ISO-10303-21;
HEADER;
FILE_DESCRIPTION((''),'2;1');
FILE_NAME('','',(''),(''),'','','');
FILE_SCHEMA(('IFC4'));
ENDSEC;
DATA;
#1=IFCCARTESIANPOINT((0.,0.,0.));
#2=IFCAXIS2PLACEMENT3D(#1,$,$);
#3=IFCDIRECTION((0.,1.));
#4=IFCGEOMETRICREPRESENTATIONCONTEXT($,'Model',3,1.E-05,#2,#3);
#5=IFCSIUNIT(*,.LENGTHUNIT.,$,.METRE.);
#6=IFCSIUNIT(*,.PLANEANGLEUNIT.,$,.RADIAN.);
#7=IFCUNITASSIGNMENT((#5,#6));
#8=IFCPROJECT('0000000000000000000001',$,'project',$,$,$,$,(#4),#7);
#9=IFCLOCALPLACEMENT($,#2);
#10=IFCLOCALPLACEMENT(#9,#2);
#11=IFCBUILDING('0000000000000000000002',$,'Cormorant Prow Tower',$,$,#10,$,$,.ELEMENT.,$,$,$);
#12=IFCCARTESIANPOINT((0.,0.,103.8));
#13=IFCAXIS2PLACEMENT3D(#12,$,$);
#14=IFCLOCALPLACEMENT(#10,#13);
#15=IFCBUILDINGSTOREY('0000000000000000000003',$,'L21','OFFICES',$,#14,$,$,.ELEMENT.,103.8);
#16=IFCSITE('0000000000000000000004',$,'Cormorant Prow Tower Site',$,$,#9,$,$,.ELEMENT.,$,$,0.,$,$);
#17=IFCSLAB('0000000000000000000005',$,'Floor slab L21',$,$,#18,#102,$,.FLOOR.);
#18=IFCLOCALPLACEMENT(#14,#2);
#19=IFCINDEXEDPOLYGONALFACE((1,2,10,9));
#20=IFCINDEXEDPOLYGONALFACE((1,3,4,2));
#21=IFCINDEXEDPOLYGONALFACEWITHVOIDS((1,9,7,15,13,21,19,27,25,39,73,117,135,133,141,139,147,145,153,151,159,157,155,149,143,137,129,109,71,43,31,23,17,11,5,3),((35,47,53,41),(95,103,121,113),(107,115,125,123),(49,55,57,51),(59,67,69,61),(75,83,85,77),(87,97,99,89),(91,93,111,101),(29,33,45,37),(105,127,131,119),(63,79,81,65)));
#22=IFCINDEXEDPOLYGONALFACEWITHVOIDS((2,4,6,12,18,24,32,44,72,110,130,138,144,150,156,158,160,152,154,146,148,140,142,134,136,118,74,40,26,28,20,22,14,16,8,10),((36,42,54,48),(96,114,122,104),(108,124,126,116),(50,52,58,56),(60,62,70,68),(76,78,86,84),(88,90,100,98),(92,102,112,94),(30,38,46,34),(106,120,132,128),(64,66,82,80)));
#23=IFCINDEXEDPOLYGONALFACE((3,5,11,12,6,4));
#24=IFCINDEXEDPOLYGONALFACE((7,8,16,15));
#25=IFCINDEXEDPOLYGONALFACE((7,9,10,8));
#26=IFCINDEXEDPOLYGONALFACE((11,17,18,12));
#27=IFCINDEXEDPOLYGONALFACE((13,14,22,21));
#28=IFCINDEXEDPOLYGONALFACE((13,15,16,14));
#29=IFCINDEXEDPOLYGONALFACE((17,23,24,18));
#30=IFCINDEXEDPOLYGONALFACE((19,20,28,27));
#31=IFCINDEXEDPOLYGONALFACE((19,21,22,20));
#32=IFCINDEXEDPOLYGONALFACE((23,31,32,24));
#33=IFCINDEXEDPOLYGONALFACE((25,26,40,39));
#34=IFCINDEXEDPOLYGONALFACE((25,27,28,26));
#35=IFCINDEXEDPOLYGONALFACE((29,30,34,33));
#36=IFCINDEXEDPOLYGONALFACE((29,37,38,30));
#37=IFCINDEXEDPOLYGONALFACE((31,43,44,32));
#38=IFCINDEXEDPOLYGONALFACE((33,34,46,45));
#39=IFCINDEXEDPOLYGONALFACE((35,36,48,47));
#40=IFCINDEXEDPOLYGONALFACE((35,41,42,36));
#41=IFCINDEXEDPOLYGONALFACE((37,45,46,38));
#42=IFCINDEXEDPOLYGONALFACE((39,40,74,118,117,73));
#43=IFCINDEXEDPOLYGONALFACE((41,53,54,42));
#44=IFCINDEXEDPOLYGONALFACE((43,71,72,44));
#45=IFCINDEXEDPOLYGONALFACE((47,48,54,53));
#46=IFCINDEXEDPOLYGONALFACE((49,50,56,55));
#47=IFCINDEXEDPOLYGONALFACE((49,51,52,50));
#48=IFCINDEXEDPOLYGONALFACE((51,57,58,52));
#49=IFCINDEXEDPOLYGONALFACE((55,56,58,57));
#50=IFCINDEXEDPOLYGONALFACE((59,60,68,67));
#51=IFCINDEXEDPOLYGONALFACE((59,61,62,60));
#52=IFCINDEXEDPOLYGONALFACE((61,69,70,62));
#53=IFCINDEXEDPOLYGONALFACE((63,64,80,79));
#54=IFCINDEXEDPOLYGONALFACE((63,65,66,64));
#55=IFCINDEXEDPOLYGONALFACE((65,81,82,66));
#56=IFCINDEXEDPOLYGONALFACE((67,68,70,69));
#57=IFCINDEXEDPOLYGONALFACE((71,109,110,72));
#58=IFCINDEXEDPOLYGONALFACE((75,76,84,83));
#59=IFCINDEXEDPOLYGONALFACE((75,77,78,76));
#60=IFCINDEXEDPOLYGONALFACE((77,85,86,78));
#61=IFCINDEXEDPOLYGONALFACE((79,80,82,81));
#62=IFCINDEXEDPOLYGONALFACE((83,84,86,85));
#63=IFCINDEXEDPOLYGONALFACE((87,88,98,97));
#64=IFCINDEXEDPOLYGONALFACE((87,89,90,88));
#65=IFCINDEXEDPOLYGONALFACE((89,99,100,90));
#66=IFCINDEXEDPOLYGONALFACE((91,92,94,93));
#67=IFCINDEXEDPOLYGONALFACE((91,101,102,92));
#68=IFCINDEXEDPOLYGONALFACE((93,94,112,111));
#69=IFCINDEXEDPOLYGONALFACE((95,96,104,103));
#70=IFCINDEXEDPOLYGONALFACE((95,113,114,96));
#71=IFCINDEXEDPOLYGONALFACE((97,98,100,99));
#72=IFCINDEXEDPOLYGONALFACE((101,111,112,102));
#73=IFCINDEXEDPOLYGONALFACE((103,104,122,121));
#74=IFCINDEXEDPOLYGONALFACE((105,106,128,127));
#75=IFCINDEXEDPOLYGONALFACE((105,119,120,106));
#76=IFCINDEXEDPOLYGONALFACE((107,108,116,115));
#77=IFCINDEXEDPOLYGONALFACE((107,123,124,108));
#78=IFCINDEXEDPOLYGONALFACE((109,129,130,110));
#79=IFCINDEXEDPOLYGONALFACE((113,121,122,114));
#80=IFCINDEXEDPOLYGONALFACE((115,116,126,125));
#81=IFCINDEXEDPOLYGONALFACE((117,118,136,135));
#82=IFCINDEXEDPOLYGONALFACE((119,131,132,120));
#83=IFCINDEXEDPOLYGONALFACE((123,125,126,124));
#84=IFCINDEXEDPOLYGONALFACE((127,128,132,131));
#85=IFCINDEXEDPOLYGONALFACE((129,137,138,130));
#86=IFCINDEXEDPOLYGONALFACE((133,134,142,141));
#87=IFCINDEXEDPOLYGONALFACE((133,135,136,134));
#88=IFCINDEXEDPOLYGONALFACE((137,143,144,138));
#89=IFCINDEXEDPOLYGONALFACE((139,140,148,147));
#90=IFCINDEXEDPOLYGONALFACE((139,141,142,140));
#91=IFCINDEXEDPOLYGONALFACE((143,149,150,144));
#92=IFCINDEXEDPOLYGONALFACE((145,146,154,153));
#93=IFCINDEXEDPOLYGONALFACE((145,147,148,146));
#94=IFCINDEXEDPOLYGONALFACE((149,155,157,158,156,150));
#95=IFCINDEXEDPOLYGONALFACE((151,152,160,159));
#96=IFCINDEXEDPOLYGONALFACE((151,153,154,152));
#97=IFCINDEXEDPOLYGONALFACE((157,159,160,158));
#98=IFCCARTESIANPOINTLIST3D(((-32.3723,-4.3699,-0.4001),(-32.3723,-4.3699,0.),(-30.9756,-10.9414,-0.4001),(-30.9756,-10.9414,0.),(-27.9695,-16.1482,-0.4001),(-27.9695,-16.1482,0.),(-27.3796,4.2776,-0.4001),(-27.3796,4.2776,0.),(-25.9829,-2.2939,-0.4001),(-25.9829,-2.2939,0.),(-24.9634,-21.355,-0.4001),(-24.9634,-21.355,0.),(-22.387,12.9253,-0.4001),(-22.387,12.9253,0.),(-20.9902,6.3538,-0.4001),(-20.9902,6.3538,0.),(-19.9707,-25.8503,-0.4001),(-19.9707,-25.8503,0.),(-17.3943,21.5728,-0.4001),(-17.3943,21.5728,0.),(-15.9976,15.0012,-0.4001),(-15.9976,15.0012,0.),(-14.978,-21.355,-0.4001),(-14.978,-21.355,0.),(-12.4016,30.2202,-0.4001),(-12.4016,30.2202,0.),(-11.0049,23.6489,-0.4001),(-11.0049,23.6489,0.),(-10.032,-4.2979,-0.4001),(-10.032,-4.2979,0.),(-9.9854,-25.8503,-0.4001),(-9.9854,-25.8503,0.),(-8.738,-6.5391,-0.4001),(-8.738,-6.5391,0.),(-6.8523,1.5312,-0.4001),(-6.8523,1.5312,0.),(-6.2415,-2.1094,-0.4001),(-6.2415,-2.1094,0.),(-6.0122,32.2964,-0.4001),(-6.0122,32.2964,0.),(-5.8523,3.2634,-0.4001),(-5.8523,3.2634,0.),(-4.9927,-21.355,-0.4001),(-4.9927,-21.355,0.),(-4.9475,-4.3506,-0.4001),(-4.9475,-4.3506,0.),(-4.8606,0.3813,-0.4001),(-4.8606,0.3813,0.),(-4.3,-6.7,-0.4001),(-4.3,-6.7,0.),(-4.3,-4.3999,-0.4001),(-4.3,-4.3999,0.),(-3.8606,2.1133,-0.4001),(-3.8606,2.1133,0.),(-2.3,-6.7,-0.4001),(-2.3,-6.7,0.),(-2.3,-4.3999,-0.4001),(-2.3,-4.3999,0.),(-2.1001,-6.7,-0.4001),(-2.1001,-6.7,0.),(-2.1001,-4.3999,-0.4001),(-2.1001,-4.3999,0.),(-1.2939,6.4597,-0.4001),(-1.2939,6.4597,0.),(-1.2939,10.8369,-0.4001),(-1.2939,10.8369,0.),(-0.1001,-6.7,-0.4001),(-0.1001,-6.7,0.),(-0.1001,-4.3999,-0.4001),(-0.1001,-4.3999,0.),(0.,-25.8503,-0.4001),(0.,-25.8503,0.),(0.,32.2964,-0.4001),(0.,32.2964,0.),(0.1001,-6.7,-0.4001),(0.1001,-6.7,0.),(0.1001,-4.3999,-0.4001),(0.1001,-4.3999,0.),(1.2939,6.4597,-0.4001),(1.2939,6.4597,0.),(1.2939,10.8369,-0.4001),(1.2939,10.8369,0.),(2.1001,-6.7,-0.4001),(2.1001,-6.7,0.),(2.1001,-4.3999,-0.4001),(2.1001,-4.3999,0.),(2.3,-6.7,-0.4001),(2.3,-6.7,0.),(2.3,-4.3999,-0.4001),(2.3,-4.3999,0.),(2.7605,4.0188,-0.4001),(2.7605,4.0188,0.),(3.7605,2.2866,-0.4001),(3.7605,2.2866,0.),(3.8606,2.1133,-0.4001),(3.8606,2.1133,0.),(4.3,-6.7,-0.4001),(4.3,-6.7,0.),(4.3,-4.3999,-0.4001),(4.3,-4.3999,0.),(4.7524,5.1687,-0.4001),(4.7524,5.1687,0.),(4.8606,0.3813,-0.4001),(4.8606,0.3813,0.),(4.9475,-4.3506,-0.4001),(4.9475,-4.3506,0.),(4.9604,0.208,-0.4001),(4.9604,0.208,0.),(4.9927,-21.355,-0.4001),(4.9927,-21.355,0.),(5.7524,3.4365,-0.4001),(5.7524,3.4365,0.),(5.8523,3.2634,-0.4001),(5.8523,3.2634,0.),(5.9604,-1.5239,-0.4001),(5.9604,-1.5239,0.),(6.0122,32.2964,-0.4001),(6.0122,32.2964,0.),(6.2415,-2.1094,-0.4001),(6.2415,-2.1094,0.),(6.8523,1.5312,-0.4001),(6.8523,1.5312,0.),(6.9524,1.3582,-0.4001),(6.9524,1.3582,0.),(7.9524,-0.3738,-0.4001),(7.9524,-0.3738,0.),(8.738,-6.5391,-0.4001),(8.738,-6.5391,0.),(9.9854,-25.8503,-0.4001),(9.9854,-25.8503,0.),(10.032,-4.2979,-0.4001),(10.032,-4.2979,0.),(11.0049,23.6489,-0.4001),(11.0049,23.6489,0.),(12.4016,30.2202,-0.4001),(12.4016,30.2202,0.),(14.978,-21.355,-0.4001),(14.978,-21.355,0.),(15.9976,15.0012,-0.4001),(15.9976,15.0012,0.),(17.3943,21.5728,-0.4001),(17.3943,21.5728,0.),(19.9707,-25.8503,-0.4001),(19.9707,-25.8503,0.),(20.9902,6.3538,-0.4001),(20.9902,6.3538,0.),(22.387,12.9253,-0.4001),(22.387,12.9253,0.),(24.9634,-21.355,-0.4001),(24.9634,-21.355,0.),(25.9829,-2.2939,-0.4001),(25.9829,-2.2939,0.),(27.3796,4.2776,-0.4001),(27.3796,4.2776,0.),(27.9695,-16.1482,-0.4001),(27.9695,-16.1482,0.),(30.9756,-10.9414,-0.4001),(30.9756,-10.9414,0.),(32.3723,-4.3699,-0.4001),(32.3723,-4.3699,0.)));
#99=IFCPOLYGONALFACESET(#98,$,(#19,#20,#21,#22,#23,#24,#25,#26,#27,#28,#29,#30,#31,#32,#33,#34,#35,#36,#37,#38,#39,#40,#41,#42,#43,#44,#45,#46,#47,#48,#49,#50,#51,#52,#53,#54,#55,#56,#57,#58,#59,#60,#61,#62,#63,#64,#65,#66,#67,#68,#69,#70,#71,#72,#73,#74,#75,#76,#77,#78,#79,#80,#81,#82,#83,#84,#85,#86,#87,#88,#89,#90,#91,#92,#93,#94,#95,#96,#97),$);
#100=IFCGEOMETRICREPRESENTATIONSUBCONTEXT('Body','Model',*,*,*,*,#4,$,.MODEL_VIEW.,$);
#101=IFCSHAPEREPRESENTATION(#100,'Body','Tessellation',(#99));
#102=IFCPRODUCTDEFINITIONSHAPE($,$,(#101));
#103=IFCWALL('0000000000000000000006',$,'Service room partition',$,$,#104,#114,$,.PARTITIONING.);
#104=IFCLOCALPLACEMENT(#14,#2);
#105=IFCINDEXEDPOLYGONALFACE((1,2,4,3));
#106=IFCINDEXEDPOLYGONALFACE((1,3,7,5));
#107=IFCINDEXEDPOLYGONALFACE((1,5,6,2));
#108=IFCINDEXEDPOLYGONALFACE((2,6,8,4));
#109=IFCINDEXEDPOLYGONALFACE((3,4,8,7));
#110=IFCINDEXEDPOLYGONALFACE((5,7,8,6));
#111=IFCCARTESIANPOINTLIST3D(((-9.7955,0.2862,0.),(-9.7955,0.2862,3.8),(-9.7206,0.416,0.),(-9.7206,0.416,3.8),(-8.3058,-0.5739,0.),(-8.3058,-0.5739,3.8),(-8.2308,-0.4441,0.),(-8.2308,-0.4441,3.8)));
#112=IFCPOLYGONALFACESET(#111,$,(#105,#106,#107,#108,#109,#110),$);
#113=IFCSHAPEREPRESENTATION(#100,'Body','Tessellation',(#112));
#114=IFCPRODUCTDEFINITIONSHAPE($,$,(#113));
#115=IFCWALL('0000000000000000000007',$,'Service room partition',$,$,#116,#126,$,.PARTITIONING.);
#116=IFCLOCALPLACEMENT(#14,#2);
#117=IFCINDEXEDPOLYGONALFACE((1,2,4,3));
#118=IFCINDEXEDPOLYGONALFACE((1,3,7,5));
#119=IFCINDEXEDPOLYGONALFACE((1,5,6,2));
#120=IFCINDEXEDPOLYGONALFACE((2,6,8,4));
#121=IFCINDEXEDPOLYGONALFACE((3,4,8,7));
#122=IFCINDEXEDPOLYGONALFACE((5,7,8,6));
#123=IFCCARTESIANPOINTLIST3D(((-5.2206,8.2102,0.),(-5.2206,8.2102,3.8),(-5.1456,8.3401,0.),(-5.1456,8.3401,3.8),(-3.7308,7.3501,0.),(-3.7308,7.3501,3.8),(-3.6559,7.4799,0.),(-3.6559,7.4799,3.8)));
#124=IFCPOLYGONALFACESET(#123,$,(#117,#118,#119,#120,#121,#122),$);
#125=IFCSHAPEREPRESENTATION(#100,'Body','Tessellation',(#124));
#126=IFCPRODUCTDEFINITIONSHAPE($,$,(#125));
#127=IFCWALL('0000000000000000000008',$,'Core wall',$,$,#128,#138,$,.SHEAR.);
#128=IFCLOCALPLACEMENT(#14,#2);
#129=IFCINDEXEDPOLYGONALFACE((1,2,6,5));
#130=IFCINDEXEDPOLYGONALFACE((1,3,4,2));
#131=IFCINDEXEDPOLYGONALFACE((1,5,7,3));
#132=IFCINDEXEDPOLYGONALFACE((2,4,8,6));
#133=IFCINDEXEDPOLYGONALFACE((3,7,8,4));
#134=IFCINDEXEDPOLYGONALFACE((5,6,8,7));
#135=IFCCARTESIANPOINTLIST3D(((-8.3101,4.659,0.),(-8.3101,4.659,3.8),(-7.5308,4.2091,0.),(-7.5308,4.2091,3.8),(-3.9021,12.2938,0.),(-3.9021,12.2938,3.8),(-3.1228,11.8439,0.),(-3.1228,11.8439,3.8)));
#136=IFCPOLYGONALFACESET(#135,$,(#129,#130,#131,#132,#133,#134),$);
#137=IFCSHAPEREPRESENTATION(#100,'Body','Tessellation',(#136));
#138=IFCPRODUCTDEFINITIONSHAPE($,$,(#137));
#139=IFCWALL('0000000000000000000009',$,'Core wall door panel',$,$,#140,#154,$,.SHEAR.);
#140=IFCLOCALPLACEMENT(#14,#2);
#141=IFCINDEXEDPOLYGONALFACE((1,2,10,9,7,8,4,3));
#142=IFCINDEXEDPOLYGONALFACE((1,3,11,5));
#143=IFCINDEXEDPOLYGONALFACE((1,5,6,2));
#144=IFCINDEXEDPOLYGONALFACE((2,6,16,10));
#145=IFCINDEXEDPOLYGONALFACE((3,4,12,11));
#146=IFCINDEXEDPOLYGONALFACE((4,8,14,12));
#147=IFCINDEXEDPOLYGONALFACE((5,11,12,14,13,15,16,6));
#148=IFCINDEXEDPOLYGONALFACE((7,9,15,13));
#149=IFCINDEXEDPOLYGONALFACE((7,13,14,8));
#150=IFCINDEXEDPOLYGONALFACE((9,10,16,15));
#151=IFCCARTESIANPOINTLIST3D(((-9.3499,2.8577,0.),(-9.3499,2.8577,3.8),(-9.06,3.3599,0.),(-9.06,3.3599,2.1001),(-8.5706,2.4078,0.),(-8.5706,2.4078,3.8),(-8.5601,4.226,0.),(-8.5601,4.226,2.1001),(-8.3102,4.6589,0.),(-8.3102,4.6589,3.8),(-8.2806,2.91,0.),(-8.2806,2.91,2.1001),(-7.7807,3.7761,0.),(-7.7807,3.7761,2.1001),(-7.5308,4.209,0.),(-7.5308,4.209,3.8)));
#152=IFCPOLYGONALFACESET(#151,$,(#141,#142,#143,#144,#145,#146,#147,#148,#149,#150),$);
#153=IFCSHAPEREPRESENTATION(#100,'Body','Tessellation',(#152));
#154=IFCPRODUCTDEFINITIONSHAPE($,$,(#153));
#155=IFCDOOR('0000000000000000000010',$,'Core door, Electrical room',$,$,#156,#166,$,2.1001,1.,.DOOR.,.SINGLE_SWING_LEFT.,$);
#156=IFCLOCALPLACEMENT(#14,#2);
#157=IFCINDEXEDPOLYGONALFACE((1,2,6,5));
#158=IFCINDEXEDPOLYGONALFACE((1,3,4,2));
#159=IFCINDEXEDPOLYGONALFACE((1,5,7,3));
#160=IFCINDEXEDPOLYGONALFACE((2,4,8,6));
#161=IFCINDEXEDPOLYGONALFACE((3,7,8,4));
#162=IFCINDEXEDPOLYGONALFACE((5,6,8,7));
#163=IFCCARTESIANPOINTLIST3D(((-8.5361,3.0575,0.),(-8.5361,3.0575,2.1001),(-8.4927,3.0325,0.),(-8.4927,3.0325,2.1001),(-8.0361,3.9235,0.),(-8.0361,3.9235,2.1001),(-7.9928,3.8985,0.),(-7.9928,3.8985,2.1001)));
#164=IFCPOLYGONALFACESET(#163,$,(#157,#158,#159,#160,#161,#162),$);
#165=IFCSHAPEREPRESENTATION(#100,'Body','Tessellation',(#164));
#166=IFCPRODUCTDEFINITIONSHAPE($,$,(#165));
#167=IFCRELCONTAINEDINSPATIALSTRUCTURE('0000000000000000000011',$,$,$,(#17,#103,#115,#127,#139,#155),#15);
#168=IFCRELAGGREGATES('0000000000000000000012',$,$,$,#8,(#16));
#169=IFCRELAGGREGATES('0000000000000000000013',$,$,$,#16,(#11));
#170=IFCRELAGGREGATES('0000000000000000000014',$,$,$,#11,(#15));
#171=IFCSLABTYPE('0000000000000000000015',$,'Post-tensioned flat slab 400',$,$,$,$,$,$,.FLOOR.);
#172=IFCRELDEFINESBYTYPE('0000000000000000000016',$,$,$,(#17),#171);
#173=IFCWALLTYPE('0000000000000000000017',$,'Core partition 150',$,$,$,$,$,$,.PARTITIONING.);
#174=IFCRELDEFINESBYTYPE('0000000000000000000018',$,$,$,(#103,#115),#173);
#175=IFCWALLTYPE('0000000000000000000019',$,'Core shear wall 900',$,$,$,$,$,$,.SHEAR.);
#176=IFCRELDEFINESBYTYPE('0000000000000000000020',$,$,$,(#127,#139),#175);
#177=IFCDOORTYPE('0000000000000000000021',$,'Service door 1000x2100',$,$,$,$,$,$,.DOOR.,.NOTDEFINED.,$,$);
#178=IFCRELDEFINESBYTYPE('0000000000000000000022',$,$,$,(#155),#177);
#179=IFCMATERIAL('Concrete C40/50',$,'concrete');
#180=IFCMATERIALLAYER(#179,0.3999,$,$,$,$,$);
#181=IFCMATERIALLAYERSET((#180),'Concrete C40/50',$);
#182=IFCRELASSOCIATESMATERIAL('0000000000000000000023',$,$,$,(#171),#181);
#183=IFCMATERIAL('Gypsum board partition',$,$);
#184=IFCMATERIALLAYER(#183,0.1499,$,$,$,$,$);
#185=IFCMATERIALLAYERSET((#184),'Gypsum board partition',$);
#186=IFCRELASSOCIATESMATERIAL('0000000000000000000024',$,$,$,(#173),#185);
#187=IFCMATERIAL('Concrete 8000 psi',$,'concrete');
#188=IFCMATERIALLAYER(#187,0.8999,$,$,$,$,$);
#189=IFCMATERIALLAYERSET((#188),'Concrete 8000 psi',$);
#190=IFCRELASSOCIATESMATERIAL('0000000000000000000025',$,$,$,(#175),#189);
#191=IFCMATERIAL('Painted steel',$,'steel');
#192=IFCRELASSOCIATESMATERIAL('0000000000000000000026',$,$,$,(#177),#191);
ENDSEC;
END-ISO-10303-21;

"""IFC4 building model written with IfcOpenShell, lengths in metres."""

from ifc_helpers import new_model, si_unit, direction, frame, frame_2d, origin, place, context, subcontext, project, spatial, polyline, rectangle, outline, extrude, material, layer, layer_set, type_object, element, fill, save


model = new_model("IFC4")

# Units and contexts
model_context = context("Model", 3, precision=1e-05, world=origin(), true_north=direction((0.0, 1.0)))
body_context = subcontext(model_context, "Body", "Model", "MODEL_VIEW")
ifc_project = project(units=[si_unit("LENGTHUNIT", "METRE"), si_unit("PLANEANGLEUNIT", "RADIAN")], contexts=[model_context])

# Site, building, storey
site_placement = place(None, origin())
site = spatial("IfcSite", under=ifc_project, at=site_placement, Name="Cormorant Prow Tower Site", CompositionType="ELEMENT", RefElevation=0.0)
building_placement = place(site_placement, origin())
building = spatial("IfcBuilding", under=site, at=building_placement, Name="Cormorant Prow Tower", CompositionType="ELEMENT")
storey_placement = place(building_placement, frame((0.0, 0.0, 103.8)))
storey = spatial("IfcBuildingStorey", under=building, at=storey_placement, Name="L21", Description="OFFICES", CompositionType="ELEMENT", Elevation=103.8)

# Slab
ifc_material_1 = material(Name="Concrete C40/50", Category="concrete")
ifc_layer_1 = layer(ifc_material_1, 0.3999)
ifc_layer_set_1 = layer_set([ifc_layer_1], Name="Concrete C40/50")
slab_type_1 = type_object("IfcSlabType", Name="Post-tensioned flat slab 400", PredefinedType="FLOOR", material=ifc_layer_set_1)
slab_1_placement = place(storey_placement, frame((0.0, 0.0, -0.4001)))
element("IfcSlab", 1, at=slab_1_placement, inside=storey, type_object=slab_type_1, Name="Floor slab L21", PredefinedType="FLOOR", context=body_context, shape_type="SweptSolid", body=[
    extrude(outline(polyline([(-12.4016, 30.2202), (-11.0049, 23.6489), (-17.3943, 21.5728), (-15.9976, 15.0012), (-22.387, 12.9253), (-20.9902, 6.3538), (-27.3796, 4.2776), (-25.9829, -2.2939), (-32.3723, -4.3699), (-30.9756, -10.9414), (-27.9695, -16.1482), (-24.9634, -21.355), (-19.9707, -25.8503), (-14.978, -21.355), (-9.9854, -25.8503), (-4.9927, -21.355), (0.0, -25.8503), (4.9927, -21.355), (9.9854, -25.8503), (14.978, -21.355), (19.9707, -25.8503), (24.9634, -21.355), (27.9695, -16.1482), (30.9756, -10.9414), (32.3723, -4.3699), (25.9829, -2.2939), (27.3796, 4.2776), (20.9902, 6.3538), (22.387, 12.9253), (15.9976, 15.0012), (17.3943, 21.5728), (11.0049, 23.6489), (12.4016, 30.2202), (6.0122, 32.2964), (0.0, 32.2964), (-6.0122, 32.2964), (-12.4016, 30.2202)]), holes=[polyline([(-4.3, -6.7), (-4.3, -4.3999), (-2.3, -4.3999), (-2.3, -6.7), (-4.3, -6.7)]), polyline([(-2.1001, -4.3999), (-0.1001, -4.3999), (-0.1001, -6.7), (-2.1001, -6.7), (-2.1001, -4.3999)]), polyline([(2.1001, -4.3999), (2.1001, -6.7), (0.1001, -6.7), (0.1001, -4.3999), (2.1001, -4.3999)]), polyline([(4.3, -6.7), (2.3, -6.7), (2.3, -4.3999), (4.3, -4.3999), (4.3, -6.7)]), polyline([(7.9524, -0.3738), (5.9604, -1.5239), (4.9604, 0.208), (6.9524, 1.3582), (7.9524, -0.3738)]), polyline([(4.8606, 0.3813), (3.8606, 2.1133), (5.8523, 3.2634), (6.8523, 1.5312), (4.8606, 0.3813)]), polyline([(2.7605, 4.0188), (4.7524, 5.1687), (5.7524, 3.4365), (3.7605, 2.2866), (2.7605, 4.0188)]), polyline([(-6.8523, 1.5312), (-5.8523, 3.2634), (-3.8606, 2.1133), (-4.8606, 0.3813), (-6.8523, 1.5312)]), polyline([(-4.9475, -4.3506), (-8.738, -6.5391), (-10.032, -4.2979), (-6.2415, -2.1094), (-4.9475, -4.3506)]), polyline([(10.032, -4.2979), (8.738, -6.5391), (4.9475, -4.3506), (6.2415, -2.1094), (10.032, -4.2979)]), polyline([(1.2939, 10.8369), (1.2939, 6.4597), (-1.2939, 6.4597), (-1.2939, 10.8369), (1.2939, 10.8369)])]), origin(), (0.0, 0.0, 1.0), 0.4001),
])

# Walls
ifc_material_2 = material(Name="Gypsum board partition")
ifc_layer_2 = layer(ifc_material_2, 0.1499)
ifc_layer_set_2 = layer_set([ifc_layer_2], Name="Gypsum board partition")
wall_type_1 = type_object("IfcWallType", Name="Core partition 150", PredefinedType="PARTITIONING", material=ifc_layer_set_2)
for number, where, z_axis, x_axis, name in (
    (2, (-8.2683, -0.509, 0.0), (0.0, 0.0, 1.0), (-0.866025, 0.500001, 0.0), "Service room partition"),
    (3, (-3.6934, 7.415, 0.0), (0.0, 0.0, 1.0), (-0.866025, 0.500001, 0.0), "Service room partition"),
):
    element("IfcWall", number, at=place(storey_placement, frame(where, z_axis=z_axis, x_axis=x_axis)), inside=storey, type_object=wall_type_1, Name=name, PredefinedType="PARTITIONING", context=body_context, shape_type="SweptSolid", body=[
        extrude(rectangle(XDim=1.7202, YDim=0.1499, at=frame_2d((0.8601, 0.0))), origin(), (0.0, 0.0, 1.0), 3.8),
    ])
ifc_material_3 = material(Name="Concrete 8000 psi", Category="concrete")
ifc_layer_3 = layer(ifc_material_3, 0.8999)
ifc_layer_set_3 = layer_set([ifc_layer_3], Name="Concrete 8000 psi")
wall_type_2 = type_object("IfcWallType", Name="Core shear wall 900", PredefinedType="SHEAR", material=ifc_layer_set_3)
wall_1_placement = place(storey_placement, frame((-3.5125, 12.0688, 0.0), z_axis=(0.0, 0.0, 1.0), x_axis=(-0.500002, -0.866024, 0.0)))
element("IfcWall", 4, at=wall_1_placement, inside=storey, type_object=wall_type_2, Name="Core wall", PredefinedType="SHEAR", context=body_context, shape_type="SweptSolid", body=[
    extrude(rectangle(XDim=8.8159, YDim=0.8999, at=frame_2d((4.408, 0.0))), origin(), (0.0, 0.0, 1.0), 3.8),
])

# Wall, opening, door
wall_2_placement = place(storey_placement, frame((-7.9204, 4.4341, 0.0), z_axis=(0.0, 0.0, 1.0), x_axis=(-0.499939, -0.86606, 0.0)))
wall_2 = element("IfcWall", 5, at=wall_2_placement, inside=storey, type_object=wall_type_2, Name="Core wall door panel", PredefinedType="SHEAR", context=body_context, shape_type="SweptSolid", body=[
    extrude(rectangle(XDim=2.0798, YDim=0.8999, at=frame_2d((1.04, 0.0))), origin(), (0.0, 0.0, 1.0), 3.8),
])
opening_1_placement = place(wall_2_placement, frame((0.5, 0.0, 0.0)))
opening_1 = element("IfcOpeningElement", 6, at=opening_1_placement, cuts=wall_2, PredefinedType="OPENING", context=body_context, shape_type="SweptSolid", body=[
    extrude(rectangle(XDim=1.0, YDim=2.1001, at=frame_2d((0.5, 1.05))), frame((0.0, 0.46, 0.0), z_axis=(0.0, -1.0, 0.0), x_axis=(1.0, 0.0, 0.0)), (0.0, 0.0, 1.0), 0.9199),
])
ifc_material_4 = material(Name="Painted steel", Category="steel")
door_type_1 = type_object("IfcDoorType", Name="Service door 1000x2100", OperationType="NOTDEFINED", PredefinedType="DOOR", material=ifc_material_4)
door_1_placement = place(opening_1_placement, origin())
door_1 = element("IfcDoor", 7, at=door_1_placement, inside=storey, type_object=door_type_1, Name="Core door, Electrical room", OperationType="SINGLE_SWING_LEFT", OverallHeight=2.1001, OverallWidth=1.0, PredefinedType="DOOR", context=body_context, shape_type="SweptSolid", body=[
    extrude(rectangle(XDim=1.0, YDim=2.1001, at=frame_2d((0.5, 1.05))), frame((0.0, 0.2051, 0.0), z_axis=(0.0, -1.0, 0.0), x_axis=(1.0, 0.0, 0.0)), (0.0, 0.0, 1.0), 0.05),
])
fill(opening_1, door_1)

save(model, "model.ifc")
